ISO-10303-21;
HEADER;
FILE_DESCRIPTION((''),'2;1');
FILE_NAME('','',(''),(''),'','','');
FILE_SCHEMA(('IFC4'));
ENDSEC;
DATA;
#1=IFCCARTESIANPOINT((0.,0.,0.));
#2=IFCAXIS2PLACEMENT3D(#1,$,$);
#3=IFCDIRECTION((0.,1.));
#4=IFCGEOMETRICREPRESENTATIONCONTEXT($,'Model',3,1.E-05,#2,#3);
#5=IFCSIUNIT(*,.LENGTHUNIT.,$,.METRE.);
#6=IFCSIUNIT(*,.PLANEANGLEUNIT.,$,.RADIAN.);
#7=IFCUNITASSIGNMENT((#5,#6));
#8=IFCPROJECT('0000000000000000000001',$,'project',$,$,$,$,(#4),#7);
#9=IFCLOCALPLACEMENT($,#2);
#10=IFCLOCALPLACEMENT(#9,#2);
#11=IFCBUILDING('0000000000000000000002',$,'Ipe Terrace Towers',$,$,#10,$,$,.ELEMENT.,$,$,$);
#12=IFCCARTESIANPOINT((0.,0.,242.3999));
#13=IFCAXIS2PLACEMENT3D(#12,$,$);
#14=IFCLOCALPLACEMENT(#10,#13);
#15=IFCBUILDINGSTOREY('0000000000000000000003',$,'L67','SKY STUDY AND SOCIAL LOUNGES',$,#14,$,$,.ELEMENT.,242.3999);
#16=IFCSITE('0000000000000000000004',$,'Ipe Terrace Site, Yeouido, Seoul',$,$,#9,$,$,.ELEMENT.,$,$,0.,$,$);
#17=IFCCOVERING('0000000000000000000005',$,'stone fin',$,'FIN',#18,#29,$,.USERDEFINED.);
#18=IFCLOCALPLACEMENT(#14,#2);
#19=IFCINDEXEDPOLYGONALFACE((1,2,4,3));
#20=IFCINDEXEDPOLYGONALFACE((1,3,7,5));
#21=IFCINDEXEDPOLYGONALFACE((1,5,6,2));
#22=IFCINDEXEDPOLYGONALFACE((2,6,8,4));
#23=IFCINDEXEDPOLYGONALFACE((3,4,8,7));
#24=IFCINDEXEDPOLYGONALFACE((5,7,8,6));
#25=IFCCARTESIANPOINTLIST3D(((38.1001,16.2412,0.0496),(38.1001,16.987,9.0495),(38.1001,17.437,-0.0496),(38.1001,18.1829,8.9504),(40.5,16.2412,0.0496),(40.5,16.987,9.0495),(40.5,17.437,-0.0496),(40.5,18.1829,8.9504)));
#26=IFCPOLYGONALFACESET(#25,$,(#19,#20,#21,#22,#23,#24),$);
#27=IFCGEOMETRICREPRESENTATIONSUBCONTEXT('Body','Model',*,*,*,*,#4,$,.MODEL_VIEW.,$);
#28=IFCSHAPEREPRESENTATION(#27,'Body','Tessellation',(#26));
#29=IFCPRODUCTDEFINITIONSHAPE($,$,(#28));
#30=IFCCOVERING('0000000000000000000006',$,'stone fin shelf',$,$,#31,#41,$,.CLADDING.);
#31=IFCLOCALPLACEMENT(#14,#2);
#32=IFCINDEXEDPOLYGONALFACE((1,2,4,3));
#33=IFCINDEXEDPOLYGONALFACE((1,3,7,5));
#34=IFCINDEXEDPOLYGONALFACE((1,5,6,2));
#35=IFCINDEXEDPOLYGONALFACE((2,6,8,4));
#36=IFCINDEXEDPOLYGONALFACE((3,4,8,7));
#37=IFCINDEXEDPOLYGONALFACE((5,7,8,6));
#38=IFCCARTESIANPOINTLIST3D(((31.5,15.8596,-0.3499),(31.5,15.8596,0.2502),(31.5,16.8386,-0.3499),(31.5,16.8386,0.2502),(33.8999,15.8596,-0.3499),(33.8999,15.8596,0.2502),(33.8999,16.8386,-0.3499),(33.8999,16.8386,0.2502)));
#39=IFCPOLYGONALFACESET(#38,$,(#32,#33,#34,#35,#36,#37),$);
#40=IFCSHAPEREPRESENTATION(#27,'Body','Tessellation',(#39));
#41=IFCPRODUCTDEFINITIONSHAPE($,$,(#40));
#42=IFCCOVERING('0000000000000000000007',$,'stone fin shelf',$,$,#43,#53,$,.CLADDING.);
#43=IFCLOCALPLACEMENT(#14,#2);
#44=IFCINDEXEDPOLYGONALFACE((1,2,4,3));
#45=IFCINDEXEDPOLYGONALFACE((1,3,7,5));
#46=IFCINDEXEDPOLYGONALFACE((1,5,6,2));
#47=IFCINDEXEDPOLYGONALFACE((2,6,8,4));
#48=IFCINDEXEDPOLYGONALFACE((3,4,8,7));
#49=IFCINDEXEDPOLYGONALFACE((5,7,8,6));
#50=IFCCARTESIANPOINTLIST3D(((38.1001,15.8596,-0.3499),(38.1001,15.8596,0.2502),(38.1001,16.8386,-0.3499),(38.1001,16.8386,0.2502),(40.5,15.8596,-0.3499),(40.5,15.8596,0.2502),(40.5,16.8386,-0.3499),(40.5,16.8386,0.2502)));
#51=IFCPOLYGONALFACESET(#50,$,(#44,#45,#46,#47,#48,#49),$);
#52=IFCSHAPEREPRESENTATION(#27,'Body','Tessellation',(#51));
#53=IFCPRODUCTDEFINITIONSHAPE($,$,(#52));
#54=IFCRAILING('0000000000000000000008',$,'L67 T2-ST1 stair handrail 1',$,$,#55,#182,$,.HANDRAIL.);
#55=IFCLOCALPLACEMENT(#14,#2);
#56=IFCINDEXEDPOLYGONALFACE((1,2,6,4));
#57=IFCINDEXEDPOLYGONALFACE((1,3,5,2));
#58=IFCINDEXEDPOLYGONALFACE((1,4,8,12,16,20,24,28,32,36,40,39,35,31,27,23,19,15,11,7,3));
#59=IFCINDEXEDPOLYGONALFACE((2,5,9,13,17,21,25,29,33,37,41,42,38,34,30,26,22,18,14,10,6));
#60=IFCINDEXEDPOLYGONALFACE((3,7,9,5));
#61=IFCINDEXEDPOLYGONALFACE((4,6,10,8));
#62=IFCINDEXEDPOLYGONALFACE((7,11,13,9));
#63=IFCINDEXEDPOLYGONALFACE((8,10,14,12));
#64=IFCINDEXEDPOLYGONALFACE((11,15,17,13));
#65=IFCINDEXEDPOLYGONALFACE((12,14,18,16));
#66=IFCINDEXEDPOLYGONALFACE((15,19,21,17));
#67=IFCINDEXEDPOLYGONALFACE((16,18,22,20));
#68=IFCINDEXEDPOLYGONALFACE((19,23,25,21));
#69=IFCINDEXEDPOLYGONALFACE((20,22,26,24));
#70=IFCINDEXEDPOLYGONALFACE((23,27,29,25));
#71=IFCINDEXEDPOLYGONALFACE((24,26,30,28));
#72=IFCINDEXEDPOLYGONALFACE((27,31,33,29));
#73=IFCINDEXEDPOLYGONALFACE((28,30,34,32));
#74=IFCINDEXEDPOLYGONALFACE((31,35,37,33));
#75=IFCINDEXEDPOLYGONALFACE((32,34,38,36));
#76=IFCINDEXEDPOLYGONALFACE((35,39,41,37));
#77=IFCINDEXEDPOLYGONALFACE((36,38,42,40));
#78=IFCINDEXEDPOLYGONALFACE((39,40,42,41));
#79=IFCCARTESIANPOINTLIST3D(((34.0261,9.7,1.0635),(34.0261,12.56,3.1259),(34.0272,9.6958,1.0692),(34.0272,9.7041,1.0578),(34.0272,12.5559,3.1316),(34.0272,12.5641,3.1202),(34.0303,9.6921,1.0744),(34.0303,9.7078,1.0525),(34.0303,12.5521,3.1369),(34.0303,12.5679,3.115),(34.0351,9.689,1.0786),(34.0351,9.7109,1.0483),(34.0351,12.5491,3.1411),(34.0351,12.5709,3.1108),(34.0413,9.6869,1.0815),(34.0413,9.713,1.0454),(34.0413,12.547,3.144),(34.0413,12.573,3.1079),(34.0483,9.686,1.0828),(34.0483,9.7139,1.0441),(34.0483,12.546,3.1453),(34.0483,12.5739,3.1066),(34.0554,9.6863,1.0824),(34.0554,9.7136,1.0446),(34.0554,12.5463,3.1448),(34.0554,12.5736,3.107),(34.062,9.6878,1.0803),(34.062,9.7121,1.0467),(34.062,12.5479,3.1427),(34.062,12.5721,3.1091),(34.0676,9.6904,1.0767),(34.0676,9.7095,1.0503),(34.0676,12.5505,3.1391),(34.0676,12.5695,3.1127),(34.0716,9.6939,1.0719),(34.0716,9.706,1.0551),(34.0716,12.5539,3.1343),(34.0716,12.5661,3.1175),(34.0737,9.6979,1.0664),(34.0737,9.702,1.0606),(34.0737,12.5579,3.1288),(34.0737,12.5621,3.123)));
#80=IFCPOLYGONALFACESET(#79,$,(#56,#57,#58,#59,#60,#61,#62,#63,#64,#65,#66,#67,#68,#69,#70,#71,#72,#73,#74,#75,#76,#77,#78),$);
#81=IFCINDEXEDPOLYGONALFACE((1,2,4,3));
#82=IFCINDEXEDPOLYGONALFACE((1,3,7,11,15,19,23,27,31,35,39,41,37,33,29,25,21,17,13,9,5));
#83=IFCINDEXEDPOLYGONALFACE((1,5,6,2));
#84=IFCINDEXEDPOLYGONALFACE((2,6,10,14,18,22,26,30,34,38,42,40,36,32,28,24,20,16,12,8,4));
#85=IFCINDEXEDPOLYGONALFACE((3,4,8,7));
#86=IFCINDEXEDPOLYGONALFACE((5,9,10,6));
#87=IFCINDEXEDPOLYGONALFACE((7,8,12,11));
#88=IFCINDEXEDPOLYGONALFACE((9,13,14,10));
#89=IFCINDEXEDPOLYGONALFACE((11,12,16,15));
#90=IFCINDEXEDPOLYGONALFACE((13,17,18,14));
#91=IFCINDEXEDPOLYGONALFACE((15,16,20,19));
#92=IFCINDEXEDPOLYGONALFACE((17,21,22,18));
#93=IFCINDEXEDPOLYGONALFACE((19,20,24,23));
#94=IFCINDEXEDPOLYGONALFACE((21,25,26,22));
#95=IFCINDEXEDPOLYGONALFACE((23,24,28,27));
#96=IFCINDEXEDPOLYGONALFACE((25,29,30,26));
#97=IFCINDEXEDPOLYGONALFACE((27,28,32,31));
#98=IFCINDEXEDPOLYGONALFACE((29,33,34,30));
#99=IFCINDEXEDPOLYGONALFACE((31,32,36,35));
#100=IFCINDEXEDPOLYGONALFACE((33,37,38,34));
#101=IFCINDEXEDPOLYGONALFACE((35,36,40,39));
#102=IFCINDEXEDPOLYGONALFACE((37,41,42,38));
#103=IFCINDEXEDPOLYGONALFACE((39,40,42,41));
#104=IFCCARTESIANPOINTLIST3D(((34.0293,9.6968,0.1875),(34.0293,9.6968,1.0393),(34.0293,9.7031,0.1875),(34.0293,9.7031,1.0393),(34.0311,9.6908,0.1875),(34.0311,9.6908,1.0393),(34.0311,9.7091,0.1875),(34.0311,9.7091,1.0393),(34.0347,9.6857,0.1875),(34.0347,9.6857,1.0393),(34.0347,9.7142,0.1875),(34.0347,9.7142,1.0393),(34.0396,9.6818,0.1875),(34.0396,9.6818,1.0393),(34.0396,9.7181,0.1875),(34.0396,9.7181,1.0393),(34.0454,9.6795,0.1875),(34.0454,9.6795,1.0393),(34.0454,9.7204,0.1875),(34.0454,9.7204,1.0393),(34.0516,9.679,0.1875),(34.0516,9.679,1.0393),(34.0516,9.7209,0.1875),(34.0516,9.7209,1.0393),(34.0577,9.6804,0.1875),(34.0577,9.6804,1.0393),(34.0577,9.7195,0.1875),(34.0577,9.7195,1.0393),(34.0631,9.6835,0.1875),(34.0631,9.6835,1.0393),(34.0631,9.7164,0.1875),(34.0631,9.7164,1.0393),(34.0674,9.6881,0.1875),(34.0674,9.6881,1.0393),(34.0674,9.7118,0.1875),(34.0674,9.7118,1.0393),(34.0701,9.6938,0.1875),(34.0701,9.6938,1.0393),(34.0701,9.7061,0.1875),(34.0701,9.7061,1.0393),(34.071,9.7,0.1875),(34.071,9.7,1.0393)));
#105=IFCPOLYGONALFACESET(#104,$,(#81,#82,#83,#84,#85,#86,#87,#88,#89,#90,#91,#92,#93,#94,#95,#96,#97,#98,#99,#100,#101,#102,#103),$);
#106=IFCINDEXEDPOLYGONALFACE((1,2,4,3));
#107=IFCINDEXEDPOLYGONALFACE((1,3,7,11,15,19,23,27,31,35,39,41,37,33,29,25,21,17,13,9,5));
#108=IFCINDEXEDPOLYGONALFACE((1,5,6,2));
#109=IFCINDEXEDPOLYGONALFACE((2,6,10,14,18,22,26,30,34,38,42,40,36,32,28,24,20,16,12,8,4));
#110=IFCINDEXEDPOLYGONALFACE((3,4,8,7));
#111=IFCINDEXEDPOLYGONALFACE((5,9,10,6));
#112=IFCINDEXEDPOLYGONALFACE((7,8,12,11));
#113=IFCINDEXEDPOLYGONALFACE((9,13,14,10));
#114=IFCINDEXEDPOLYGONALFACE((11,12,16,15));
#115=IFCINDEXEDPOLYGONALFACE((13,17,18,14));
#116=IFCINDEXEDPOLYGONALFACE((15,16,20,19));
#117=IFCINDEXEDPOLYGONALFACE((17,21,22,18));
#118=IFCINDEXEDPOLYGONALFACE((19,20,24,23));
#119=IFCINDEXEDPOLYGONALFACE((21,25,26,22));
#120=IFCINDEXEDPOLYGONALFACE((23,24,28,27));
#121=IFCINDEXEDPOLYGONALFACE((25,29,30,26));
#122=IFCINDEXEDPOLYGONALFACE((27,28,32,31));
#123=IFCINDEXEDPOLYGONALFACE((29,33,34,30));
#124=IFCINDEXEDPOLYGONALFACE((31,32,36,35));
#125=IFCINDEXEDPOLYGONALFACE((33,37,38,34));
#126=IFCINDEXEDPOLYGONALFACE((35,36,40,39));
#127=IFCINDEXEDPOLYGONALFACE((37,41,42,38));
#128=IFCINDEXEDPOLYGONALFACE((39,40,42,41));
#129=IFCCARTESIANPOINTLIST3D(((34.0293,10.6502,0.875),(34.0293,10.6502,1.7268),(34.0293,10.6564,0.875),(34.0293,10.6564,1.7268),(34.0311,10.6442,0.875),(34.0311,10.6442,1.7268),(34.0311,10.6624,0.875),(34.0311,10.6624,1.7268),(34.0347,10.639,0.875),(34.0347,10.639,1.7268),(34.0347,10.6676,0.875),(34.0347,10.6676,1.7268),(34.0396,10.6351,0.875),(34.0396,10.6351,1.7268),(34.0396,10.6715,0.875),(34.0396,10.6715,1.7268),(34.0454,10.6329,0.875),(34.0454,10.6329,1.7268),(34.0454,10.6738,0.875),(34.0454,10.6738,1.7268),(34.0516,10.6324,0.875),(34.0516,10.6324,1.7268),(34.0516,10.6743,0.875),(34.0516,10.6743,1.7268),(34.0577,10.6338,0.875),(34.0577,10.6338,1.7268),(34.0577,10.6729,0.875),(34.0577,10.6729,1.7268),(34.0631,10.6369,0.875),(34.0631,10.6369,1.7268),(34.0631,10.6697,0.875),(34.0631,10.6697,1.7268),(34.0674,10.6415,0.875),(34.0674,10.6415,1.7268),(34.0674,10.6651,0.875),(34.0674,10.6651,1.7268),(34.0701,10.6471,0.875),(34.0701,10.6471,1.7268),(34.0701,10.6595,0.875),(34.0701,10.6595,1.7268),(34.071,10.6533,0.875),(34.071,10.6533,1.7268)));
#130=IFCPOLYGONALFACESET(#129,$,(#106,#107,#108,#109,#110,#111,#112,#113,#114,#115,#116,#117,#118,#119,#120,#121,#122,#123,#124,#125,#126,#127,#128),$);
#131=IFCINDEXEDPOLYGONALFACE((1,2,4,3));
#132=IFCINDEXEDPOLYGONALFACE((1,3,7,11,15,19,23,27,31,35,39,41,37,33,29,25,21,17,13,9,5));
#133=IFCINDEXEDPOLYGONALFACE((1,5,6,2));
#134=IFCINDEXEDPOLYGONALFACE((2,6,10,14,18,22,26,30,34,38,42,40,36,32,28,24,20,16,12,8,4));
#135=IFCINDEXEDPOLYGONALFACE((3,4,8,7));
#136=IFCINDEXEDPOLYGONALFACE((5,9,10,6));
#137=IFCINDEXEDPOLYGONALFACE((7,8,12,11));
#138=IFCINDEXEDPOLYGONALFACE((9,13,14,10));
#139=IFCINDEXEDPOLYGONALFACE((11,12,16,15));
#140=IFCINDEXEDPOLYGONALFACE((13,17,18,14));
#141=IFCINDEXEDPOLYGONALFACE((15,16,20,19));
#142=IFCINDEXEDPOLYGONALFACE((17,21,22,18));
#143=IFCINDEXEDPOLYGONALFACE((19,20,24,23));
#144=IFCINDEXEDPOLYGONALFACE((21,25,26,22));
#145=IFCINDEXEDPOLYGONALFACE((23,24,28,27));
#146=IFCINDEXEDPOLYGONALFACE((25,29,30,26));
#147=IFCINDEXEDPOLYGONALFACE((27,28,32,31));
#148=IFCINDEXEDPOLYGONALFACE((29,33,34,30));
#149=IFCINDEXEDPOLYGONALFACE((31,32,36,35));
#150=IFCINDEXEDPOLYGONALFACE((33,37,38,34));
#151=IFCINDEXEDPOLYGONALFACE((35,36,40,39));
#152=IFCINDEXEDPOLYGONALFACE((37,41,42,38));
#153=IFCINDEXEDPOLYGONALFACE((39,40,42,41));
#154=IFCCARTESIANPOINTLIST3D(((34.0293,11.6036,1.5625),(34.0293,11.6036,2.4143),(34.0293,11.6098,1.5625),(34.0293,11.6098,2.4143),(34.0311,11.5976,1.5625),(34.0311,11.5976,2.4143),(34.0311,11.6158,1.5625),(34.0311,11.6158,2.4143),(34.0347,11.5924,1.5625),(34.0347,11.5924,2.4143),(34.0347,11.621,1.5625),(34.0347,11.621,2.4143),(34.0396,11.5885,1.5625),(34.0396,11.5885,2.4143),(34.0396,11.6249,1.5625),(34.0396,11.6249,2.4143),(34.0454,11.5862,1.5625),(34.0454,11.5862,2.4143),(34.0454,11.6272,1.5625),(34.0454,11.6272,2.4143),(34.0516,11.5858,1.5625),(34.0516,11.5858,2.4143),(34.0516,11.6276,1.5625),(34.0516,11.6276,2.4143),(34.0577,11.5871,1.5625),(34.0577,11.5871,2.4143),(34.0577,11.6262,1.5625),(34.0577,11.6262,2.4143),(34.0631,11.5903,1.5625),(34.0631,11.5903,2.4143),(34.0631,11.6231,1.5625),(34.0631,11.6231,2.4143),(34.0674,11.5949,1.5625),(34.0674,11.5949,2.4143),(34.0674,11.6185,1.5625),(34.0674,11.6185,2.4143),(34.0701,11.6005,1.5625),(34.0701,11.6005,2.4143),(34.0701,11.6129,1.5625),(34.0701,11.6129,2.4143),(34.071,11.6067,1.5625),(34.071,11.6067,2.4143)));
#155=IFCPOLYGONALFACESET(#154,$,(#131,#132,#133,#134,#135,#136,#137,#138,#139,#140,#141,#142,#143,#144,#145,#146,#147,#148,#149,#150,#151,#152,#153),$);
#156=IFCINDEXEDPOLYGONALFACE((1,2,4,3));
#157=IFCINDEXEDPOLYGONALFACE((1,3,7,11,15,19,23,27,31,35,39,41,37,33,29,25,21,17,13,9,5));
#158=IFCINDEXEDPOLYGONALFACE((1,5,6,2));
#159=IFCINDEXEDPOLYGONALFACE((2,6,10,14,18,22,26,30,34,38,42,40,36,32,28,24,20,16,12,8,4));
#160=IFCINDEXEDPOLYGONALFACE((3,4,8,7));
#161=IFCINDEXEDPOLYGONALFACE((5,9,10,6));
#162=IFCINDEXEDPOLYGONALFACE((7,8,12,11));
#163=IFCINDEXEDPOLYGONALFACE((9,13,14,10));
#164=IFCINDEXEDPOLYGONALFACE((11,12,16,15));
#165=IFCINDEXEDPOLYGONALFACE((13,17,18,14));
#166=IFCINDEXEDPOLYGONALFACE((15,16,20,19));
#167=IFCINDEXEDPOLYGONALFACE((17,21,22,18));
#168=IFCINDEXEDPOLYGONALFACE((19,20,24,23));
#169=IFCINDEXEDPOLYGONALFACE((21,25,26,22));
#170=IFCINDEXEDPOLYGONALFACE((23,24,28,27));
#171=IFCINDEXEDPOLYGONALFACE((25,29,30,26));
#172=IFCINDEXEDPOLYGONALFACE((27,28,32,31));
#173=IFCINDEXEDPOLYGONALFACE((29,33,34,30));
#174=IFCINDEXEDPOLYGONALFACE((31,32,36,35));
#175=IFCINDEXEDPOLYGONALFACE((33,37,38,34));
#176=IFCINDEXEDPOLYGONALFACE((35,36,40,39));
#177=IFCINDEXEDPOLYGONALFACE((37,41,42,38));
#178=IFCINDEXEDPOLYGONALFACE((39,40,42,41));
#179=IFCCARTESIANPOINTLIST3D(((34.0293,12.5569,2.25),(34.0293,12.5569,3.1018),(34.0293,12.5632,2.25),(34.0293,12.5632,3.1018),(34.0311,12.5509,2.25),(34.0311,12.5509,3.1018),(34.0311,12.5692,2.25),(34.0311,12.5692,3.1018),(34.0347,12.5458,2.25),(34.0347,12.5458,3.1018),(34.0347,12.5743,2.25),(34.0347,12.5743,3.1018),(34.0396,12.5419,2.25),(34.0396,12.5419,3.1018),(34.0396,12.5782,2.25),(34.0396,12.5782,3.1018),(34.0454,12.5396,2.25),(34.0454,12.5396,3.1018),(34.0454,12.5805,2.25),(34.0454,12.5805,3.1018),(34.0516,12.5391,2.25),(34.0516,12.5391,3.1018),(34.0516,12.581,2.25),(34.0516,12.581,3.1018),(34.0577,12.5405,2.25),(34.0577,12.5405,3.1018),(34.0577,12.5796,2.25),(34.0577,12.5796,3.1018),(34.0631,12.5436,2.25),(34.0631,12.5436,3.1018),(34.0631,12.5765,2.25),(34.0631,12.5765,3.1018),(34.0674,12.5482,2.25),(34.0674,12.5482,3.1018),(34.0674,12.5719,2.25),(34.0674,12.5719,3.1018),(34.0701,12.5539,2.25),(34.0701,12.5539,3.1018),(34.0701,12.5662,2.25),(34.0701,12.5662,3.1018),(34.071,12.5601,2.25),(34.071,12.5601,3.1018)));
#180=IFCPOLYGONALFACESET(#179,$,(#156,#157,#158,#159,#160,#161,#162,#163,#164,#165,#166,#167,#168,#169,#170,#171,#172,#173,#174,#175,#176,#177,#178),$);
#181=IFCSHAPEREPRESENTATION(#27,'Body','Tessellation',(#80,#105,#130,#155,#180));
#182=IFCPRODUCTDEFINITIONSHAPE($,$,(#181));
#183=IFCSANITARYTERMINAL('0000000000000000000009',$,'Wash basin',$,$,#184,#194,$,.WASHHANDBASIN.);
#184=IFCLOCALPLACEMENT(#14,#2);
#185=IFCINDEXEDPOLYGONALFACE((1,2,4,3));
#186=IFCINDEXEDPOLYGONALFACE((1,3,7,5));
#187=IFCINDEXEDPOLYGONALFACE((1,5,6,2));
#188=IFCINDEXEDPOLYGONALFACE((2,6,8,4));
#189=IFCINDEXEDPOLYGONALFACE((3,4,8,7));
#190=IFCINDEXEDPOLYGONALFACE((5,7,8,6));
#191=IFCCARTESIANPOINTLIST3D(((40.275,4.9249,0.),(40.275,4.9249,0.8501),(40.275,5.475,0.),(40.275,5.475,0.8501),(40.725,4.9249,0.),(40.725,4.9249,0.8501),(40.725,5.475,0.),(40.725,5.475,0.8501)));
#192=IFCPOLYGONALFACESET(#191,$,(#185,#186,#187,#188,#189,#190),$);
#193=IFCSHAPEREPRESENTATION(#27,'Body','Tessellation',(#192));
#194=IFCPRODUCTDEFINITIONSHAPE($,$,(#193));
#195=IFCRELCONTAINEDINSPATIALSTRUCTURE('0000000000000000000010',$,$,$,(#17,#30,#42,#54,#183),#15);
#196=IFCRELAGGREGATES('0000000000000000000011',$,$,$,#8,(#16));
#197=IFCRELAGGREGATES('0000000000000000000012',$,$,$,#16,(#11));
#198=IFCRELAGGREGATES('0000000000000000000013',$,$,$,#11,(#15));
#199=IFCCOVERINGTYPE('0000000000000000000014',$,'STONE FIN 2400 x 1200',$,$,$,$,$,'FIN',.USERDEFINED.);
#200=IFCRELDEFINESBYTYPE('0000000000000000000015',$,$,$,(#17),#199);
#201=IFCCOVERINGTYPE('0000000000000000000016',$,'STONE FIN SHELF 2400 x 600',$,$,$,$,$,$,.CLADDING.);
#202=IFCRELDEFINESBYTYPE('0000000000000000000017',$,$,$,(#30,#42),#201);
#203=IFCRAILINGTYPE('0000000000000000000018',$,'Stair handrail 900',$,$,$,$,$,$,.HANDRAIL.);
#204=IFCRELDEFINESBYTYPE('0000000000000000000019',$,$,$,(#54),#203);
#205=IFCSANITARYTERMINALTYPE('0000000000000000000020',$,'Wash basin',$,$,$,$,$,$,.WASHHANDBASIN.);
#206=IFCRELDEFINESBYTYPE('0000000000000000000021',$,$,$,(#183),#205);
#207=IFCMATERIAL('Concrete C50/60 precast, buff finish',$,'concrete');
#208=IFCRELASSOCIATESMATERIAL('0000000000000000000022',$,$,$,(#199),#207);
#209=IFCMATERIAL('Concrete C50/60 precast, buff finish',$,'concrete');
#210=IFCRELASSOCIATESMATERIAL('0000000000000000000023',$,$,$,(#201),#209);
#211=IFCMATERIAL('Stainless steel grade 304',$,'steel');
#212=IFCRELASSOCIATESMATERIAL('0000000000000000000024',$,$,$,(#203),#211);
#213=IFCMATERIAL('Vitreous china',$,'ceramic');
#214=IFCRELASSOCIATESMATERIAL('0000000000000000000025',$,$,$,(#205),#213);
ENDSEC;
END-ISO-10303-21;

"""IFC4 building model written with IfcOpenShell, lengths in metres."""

from ifc_helpers import new_model, si_unit, direction, frame, origin, origin_2d, place, context, subcontext, project, spatial, rectangle, circle, extrude, material, material_profile, profile_set, type_object, element, save


model = new_model("IFC4")

# Units and contexts
model_context = context("Model", 3, precision=1e-05, world=origin(), true_north=direction((0.0, 1.0)))
body_context = subcontext(model_context, "Body", "Model", "MODEL_VIEW")
ifc_project = project(units=[si_unit("LENGTHUNIT", "METRE"), si_unit("PLANEANGLEUNIT", "RADIAN")], contexts=[model_context])

# Site, building, storey
site_placement = place(None, origin())
site = spatial("IfcSite", under=ifc_project, at=site_placement, Name="Ipe Terrace Site, Yeouido, Seoul", CompositionType="ELEMENT", RefElevation=0.0)
building_placement = place(site_placement, origin())
building = spatial("IfcBuilding", under=site, at=building_placement, Name="Ipe Terrace Towers", CompositionType="ELEMENT")
storey_placement = place(building_placement, frame((0.0, 0.0, 242.3999)))
storey = spatial("IfcBuildingStorey", under=building, at=storey_placement, Name="L67", Description="SKY STUDY AND SOCIAL LOUNGES", CompositionType="ELEMENT", Elevation=242.3999)

# Coverings
ifc_material_1 = material(Name="Concrete C50/60 precast, buff finish", Category="concrete")
ifc_material_profile_1 = material_profile(ifc_material_1, rectangle(XDim=2.3999, YDim=1.2, at=origin_2d()), Name="STONE FIN 2400 x 1200")
ifc_profile_set_1 = profile_set([ifc_material_profile_1], Name="Concrete C50/60 precast, buff finish")
covering_type_1 = type_object("IfcCoveringType", Name="STONE FIN 2400 x 1200", ElementType="FIN", PredefinedType="USERDEFINED", material=ifc_profile_set_1)
for number, where, z_axis, x_axis, name in (
    (1, (39.3, 16.8391, 0.0), (0.0, 0.082589, 0.996584), (-1.0, 0.0, 0.0), "stone fin"),
):
    element("IfcCovering", number, at=place(storey_placement, frame(where, z_axis=z_axis, x_axis=x_axis)), inside=storey, type_object=covering_type_1, Name=name, ObjectType="FIN", PredefinedType="USERDEFINED", context=body_context, shape_type="SweptSolid", body=[
        extrude(rectangle(XDim=2.3999, YDim=1.2, at=origin_2d()), origin(), (0.0, 0.0, 1.0), 9.0308),
    ])
ifc_material_2 = material(Name="Concrete C50/60 precast, buff finish", Category="concrete")
covering_type_2 = type_object("IfcCoveringType", Name="STONE FIN SHELF 2400 x 600", PredefinedType="CLADDING", material=ifc_material_2)
for number, where, z_axis, x_axis, name in (
    (2, (32.7, 16.3491, -0.3499), (0.0, 0.0, 1.0), (-1.0, 0.0, 0.0), "stone fin shelf"),
    (3, (39.3, 16.3491, -0.3499), (0.0, 0.0, 1.0), (-1.0, 0.0, 0.0), "stone fin shelf"),
):
    element("IfcCovering", number, at=place(storey_placement, frame(where, z_axis=z_axis, x_axis=x_axis)), inside=storey, type_object=covering_type_2, Name=name, PredefinedType="CLADDING", context=body_context, shape_type="SweptSolid", body=[
        extrude(rectangle(XDim=2.3999, YDim=0.979, at=origin_2d()), origin(), (0.0, 0.0, 1.0), 0.6001),
    ])

# Railing
ifc_material_3 = material(Name="Stainless steel grade 304", Category="steel")
railing_type = type_object("IfcRailingType", Name="Stair handrail 900", PredefinedType="HANDRAIL", material=ifc_material_3)
railing_placement = place(storey_placement, frame((34.05, 9.7, 0.1875)))
element("IfcRailing", 4, at=railing_placement, inside=storey, type_object=railing_type, Name="L67 T2-ST1 stair handrail 1", PredefinedType="HANDRAIL", context=body_context, shape_type="SweptSolid", body=[
    extrude(circle(Radius=0.0239, at=origin_2d()), frame((0.0, 0.0, 0.876), z_axis=(0.0, 0.811101, 0.584906), x_axis=(-1.0, 0.0, 0.0)), (0.0, 0.0, 1.0), 3.5261),
    extrude(circle(Radius=0.021, at=origin_2d()), origin(), (0.0, 0.0, 1.0), 0.8518),
    extrude(circle(Radius=0.021, at=origin_2d()), frame((0.0, 0.9534, 0.6875)), (0.0, 0.0, 1.0), 0.8518),
    extrude(circle(Radius=0.021, at=origin_2d()), frame((0.0, 1.9067, 1.375)), (0.0, 0.0, 1.0), 0.8518),
    extrude(circle(Radius=0.021, at=origin_2d()), frame((0.0, 2.8601, 2.0625)), (0.0, 0.0, 1.0), 0.8518),
])

# Sanitary terminal
ifc_material_4 = material(Name="Vitreous china", Category="ceramic")
sanitary_terminal_type_1 = type_object("IfcSanitaryTerminalType", Name="Wash basin", PredefinedType="WASHHANDBASIN", material=ifc_material_4)
sanitary_terminal_1_placement = place(storey_placement, frame((40.5, 5.2, 0.0), z_axis=(0.0, 0.0, 1.0), x_axis=(0.0, 1.0, 0.0)))
element("IfcSanitaryTerminal", 5, at=sanitary_terminal_1_placement, inside=storey, type_object=sanitary_terminal_type_1, Name="Wash basin", PredefinedType="WASHHANDBASIN", context=body_context, shape_type="SweptSolid", body=[
    extrude(rectangle(XDim=0.55, YDim=0.45, at=origin_2d()), origin(), (0.0, 0.0, 1.0), 0.8501),
])

save(model, "model.ifc")
